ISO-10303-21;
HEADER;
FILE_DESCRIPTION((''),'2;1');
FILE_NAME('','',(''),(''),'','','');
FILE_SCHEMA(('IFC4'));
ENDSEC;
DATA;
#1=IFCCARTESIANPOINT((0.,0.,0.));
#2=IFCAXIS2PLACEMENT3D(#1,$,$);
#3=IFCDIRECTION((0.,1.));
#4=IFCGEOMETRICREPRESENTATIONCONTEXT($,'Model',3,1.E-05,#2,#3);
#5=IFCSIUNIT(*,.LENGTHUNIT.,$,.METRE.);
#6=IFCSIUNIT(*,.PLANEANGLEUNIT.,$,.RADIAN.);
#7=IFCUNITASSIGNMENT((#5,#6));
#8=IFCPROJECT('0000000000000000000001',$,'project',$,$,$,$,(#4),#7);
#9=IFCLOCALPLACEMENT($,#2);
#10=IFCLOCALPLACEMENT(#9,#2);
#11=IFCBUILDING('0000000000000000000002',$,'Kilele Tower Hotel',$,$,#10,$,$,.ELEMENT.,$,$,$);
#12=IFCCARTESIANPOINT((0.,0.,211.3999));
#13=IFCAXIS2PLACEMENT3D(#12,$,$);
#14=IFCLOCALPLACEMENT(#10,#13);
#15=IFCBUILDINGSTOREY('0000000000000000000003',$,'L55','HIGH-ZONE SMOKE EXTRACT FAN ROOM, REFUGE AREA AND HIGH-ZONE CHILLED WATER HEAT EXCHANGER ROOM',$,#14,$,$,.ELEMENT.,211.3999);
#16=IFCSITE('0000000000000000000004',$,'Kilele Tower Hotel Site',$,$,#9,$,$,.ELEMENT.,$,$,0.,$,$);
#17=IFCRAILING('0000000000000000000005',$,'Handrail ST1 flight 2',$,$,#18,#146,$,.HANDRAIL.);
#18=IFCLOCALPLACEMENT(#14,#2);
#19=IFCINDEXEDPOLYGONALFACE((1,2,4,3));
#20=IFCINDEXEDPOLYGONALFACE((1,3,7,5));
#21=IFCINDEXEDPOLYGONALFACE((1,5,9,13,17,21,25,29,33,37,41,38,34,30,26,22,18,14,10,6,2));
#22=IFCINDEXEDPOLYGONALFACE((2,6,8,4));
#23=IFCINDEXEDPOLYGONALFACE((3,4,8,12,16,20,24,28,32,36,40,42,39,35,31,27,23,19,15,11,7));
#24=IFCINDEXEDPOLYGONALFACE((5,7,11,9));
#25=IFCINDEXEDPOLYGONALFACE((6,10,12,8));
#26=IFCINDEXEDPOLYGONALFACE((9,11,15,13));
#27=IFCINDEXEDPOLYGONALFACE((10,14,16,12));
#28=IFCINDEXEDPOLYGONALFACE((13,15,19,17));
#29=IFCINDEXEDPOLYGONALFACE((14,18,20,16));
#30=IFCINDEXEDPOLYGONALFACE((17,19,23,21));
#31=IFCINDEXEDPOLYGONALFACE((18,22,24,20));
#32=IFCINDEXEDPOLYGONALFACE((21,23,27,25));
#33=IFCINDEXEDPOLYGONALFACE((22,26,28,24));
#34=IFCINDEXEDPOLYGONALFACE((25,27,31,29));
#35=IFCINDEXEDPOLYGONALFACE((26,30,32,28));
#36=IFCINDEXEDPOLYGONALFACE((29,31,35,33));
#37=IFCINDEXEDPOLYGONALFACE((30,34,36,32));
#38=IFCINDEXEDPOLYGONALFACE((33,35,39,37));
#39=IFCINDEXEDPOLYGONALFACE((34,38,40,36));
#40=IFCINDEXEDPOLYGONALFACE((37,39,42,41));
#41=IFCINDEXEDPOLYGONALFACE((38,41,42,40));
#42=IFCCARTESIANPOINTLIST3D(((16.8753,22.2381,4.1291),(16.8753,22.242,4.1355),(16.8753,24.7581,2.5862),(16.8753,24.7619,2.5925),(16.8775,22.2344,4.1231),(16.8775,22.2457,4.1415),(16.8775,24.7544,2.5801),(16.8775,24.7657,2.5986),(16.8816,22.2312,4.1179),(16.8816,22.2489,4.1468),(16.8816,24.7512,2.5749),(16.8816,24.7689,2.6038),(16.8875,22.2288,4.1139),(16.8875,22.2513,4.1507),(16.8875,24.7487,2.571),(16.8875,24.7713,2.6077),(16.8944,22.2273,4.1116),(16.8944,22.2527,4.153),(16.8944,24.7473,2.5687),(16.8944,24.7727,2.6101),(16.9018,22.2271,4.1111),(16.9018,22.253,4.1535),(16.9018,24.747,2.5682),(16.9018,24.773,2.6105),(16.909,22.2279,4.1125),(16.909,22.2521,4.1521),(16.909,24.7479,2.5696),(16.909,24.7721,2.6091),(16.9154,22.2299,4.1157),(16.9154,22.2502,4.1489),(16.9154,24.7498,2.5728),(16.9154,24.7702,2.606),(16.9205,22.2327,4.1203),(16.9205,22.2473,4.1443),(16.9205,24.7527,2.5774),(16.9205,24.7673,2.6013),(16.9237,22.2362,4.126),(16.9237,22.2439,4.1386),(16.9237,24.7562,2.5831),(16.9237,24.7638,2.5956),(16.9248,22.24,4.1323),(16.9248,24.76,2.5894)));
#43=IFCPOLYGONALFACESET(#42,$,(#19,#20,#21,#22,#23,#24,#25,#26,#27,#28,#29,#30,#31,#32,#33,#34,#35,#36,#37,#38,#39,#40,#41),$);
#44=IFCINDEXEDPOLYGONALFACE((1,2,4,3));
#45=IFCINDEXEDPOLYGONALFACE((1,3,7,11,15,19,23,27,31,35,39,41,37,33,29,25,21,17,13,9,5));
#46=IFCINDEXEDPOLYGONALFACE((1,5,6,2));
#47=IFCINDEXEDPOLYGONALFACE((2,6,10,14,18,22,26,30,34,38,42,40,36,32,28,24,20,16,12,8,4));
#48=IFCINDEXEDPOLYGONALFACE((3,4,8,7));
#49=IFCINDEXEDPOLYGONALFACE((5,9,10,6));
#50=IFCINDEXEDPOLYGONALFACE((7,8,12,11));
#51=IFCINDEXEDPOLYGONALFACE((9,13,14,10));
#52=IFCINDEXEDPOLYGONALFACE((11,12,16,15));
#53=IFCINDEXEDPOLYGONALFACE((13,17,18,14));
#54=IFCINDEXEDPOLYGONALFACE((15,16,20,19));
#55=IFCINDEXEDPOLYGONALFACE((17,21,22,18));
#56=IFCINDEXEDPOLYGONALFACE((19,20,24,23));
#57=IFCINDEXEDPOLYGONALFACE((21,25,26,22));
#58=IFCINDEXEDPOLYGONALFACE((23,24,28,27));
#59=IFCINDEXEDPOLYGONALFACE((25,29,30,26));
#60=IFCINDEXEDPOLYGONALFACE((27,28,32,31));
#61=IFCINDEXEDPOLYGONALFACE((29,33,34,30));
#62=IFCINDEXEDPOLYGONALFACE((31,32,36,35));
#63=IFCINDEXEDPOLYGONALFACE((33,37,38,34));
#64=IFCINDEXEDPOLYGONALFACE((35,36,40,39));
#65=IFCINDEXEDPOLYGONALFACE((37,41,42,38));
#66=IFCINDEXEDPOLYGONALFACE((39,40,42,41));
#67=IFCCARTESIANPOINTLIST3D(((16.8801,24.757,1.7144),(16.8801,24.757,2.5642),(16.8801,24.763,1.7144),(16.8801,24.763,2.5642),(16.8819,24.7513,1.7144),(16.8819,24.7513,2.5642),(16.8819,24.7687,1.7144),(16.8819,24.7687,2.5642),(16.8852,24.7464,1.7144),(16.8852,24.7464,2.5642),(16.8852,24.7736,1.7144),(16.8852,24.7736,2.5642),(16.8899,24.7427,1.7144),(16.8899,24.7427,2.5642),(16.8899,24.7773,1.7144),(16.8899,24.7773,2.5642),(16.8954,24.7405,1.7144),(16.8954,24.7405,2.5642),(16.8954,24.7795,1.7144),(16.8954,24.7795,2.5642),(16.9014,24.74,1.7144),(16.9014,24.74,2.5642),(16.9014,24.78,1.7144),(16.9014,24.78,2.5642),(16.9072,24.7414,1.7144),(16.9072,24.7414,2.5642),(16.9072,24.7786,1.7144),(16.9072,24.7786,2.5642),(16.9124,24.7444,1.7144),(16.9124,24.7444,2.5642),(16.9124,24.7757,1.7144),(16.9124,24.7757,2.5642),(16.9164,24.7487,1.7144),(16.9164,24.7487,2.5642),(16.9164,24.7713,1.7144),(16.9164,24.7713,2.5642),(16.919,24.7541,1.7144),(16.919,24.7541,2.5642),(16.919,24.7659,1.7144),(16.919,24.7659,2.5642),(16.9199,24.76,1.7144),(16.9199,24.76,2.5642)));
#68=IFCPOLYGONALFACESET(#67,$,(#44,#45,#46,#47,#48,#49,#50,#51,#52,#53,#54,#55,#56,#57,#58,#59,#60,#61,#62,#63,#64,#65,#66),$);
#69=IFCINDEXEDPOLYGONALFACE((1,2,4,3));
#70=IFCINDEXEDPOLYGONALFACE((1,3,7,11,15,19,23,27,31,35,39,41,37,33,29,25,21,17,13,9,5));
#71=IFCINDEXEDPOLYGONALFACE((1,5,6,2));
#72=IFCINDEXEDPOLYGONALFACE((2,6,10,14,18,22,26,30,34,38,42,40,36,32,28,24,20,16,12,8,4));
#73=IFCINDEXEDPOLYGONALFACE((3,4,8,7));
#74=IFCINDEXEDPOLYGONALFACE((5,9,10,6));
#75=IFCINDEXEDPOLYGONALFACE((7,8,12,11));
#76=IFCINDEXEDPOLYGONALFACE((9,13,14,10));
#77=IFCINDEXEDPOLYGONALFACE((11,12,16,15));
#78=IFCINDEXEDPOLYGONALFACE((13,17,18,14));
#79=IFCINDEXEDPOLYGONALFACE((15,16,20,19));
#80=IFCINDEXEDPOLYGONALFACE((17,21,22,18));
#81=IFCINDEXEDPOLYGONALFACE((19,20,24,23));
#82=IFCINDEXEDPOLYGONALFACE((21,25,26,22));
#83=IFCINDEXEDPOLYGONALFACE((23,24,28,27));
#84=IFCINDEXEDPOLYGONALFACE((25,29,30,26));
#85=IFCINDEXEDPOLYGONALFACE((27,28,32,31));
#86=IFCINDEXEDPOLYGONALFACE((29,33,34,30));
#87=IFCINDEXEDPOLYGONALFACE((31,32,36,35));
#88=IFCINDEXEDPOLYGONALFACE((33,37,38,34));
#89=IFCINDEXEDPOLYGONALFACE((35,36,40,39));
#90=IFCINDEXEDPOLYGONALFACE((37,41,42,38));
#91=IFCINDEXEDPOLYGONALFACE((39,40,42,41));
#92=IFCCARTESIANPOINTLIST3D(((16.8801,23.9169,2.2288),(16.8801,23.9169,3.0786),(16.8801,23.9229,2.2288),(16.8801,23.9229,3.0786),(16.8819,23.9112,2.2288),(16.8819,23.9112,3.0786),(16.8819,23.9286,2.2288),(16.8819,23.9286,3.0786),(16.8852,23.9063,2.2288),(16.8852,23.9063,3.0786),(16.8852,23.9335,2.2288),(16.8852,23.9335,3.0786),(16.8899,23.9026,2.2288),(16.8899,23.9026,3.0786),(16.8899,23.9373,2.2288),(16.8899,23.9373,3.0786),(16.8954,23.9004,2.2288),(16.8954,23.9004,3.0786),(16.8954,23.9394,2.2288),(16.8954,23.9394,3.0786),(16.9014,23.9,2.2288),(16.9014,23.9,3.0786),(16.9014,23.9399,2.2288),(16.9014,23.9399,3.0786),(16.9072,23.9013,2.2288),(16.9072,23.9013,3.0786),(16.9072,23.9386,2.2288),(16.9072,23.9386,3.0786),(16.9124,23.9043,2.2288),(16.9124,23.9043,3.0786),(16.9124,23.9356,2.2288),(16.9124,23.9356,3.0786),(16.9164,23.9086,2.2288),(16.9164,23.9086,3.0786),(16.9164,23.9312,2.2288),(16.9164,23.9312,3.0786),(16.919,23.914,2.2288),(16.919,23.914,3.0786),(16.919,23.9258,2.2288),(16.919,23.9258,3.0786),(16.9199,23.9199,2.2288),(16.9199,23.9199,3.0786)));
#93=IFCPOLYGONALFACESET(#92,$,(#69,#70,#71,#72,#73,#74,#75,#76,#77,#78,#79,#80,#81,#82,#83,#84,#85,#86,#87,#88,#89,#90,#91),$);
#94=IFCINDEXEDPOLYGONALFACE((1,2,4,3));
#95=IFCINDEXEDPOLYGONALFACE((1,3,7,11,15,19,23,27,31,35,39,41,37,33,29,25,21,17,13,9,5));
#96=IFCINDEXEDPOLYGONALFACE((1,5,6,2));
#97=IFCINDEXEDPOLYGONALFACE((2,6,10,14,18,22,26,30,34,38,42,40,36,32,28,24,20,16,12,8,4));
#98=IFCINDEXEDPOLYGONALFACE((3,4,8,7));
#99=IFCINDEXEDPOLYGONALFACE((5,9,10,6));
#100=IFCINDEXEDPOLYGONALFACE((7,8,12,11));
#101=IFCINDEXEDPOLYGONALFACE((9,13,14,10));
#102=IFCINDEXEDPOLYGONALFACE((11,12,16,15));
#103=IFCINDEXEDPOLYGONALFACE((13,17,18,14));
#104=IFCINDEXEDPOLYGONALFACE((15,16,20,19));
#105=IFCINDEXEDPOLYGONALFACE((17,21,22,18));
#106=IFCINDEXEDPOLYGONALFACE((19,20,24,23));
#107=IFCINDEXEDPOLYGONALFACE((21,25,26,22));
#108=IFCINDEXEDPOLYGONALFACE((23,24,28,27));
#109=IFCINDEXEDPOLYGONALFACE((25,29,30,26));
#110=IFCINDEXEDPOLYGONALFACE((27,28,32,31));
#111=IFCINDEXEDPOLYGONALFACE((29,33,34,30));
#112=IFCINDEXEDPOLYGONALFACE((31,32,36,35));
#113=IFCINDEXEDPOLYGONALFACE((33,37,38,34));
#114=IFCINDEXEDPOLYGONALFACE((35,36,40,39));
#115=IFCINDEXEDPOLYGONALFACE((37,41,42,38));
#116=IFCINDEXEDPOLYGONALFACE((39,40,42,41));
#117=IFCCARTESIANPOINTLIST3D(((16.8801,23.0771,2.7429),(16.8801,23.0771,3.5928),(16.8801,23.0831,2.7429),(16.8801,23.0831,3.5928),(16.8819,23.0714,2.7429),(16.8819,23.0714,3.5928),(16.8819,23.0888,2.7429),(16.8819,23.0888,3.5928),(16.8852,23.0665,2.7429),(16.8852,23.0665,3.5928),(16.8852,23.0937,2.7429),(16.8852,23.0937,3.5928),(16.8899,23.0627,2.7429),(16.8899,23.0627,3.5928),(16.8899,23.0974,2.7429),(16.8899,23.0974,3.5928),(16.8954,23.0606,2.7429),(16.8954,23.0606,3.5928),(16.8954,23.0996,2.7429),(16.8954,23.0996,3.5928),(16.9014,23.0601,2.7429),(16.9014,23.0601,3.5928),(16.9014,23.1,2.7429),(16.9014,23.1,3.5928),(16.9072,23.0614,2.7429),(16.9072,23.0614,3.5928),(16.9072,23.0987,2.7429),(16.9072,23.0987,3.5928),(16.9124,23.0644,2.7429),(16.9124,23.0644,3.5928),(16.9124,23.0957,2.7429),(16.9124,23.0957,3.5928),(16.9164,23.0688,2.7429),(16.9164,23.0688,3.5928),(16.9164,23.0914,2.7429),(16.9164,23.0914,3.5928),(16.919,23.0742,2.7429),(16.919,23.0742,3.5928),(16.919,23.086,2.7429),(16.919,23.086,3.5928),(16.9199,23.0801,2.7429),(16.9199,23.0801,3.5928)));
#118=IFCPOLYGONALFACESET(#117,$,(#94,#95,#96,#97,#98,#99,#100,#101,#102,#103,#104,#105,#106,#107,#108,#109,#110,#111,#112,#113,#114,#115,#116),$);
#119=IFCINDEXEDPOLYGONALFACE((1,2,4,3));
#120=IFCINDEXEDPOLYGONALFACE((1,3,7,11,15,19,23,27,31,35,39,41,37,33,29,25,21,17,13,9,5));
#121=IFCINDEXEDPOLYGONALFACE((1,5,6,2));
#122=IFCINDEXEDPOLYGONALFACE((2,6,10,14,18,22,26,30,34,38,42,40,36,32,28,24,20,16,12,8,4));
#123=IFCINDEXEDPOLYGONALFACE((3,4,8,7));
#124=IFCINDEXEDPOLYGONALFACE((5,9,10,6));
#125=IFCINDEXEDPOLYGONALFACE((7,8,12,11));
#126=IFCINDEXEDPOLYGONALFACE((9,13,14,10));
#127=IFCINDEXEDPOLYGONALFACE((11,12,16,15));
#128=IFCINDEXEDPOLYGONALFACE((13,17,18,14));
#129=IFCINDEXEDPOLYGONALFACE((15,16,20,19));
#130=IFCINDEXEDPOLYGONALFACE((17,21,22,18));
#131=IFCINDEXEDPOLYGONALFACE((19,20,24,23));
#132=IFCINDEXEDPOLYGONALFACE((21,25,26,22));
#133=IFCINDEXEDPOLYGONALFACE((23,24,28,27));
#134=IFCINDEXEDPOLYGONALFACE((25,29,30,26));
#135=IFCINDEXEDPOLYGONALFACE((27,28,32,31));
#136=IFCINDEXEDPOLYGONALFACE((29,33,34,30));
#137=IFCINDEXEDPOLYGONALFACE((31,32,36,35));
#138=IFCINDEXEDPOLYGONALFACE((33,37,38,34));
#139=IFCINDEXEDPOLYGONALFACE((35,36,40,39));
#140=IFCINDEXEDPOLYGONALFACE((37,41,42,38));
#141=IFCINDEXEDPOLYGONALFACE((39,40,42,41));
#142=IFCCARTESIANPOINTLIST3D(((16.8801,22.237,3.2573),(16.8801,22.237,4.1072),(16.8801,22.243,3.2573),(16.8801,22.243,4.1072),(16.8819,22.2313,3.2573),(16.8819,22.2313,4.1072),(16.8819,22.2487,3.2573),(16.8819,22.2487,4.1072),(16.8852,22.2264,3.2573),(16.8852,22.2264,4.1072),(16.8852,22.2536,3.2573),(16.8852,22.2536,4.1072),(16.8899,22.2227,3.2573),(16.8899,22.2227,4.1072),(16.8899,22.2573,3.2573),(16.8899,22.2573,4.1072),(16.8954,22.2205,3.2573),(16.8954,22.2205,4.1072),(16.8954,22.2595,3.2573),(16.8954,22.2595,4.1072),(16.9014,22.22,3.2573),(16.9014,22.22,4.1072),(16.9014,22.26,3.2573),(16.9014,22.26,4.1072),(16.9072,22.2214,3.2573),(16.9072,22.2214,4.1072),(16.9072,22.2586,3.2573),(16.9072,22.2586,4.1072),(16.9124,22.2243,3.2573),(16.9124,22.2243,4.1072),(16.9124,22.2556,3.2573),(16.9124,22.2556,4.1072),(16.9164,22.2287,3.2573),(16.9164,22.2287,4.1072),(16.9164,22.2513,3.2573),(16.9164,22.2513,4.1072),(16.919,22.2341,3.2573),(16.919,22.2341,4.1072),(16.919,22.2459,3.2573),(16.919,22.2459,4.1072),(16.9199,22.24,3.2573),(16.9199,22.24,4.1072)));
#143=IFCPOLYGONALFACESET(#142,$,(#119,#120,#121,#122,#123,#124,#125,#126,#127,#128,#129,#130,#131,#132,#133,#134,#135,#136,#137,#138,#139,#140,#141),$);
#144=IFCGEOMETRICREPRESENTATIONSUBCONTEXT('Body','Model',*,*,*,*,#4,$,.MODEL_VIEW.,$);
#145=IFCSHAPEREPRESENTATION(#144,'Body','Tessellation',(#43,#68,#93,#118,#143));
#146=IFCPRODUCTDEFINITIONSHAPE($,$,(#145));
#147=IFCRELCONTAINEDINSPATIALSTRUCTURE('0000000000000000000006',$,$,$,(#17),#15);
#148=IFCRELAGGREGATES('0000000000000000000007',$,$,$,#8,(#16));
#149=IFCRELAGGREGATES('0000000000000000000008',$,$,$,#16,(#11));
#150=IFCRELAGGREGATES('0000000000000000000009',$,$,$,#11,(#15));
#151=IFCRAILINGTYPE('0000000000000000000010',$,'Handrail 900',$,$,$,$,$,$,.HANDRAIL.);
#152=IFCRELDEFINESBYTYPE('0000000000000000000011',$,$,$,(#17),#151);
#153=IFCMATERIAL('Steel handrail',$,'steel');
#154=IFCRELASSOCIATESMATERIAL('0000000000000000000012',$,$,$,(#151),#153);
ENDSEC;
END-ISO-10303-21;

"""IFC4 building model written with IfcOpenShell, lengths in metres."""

from ifc_helpers import new_model, si_unit, direction, frame, origin, origin_2d, place, context, subcontext, project, spatial, circle, extrude, material, type_object, element, save


model = new_model("IFC4")

# Units and contexts
model_context = context("Model", 3, precision=1e-05, world=origin(), true_north=direction((0.0, 1.0)))
body_context = subcontext(model_context, "Body", "Model", "MODEL_VIEW")
ifc_project = project(units=[si_unit("LENGTHUNIT", "METRE"), si_unit("PLANEANGLEUNIT", "RADIAN")], contexts=[model_context])

# Site, building, storey
site_placement = place(None, origin())
site = spatial("IfcSite", under=ifc_project, at=site_placement, Name="Kilele Tower Hotel Site", CompositionType="ELEMENT", RefElevation=0.0)
building_placement = place(site_placement, origin())
building = spatial("IfcBuilding", under=site, at=building_placement, Name="Kilele Tower Hotel", CompositionType="ELEMENT")
storey_placement = place(building_placement, frame((0.0, 0.0, 211.3999)))
storey = spatial("IfcBuildingStorey", under=building, at=storey_placement, Name="L55", Description="HIGH-ZONE SMOKE EXTRACT FAN ROOM, REFUGE AREA AND HIGH-ZONE CHILLED WATER HEAT EXCHANGER ROOM", CompositionType="ELEMENT", Elevation=211.3999)

# Railing
ifc_material_1 = material(Name="Steel handrail", Category="steel")
railing_type_1 = type_object("IfcRailingType", Name="Handrail 900", PredefinedType="HANDRAIL", material=ifc_material_1)
for number, where, name in (
    (1, (16.8999, 24.76, 1.7144), "Handrail ST1 flight 2"),
):
    element("IfcRailing", number, at=place(storey_placement, frame(where)), inside=storey, type_object=railing_type_1, Name=name, PredefinedType="HANDRAIL", context=body_context, shape_type="SweptSolid", body=[
        extrude(circle(Radius=0.0249, at=origin_2d()), frame((0.0, 0.0, 0.875), z_axis=(0.0, -0.852836, 0.522178), x_axis=(1.0, 0.0, 0.0)), (0.0, 0.0, 1.0), 2.9548),
        extrude(circle(Radius=0.02, at=origin_2d()), origin(), (0.0, 0.0, 1.0), 0.8499),
        extrude(circle(Radius=0.02, at=origin_2d()), frame((0.0, -0.8401, 0.5144)), (0.0, 0.0, 1.0), 0.8499),
        extrude(circle(Radius=0.02, at=origin_2d()), frame((0.0, -1.6799, 1.0286)), (0.0, 0.0, 1.0), 0.8499),
        extrude(circle(Radius=0.02, at=origin_2d()), frame((0.0, -2.52, 1.543)), (0.0, 0.0, 1.0), 0.8499),
    ])

save(model, "model.ifc")
